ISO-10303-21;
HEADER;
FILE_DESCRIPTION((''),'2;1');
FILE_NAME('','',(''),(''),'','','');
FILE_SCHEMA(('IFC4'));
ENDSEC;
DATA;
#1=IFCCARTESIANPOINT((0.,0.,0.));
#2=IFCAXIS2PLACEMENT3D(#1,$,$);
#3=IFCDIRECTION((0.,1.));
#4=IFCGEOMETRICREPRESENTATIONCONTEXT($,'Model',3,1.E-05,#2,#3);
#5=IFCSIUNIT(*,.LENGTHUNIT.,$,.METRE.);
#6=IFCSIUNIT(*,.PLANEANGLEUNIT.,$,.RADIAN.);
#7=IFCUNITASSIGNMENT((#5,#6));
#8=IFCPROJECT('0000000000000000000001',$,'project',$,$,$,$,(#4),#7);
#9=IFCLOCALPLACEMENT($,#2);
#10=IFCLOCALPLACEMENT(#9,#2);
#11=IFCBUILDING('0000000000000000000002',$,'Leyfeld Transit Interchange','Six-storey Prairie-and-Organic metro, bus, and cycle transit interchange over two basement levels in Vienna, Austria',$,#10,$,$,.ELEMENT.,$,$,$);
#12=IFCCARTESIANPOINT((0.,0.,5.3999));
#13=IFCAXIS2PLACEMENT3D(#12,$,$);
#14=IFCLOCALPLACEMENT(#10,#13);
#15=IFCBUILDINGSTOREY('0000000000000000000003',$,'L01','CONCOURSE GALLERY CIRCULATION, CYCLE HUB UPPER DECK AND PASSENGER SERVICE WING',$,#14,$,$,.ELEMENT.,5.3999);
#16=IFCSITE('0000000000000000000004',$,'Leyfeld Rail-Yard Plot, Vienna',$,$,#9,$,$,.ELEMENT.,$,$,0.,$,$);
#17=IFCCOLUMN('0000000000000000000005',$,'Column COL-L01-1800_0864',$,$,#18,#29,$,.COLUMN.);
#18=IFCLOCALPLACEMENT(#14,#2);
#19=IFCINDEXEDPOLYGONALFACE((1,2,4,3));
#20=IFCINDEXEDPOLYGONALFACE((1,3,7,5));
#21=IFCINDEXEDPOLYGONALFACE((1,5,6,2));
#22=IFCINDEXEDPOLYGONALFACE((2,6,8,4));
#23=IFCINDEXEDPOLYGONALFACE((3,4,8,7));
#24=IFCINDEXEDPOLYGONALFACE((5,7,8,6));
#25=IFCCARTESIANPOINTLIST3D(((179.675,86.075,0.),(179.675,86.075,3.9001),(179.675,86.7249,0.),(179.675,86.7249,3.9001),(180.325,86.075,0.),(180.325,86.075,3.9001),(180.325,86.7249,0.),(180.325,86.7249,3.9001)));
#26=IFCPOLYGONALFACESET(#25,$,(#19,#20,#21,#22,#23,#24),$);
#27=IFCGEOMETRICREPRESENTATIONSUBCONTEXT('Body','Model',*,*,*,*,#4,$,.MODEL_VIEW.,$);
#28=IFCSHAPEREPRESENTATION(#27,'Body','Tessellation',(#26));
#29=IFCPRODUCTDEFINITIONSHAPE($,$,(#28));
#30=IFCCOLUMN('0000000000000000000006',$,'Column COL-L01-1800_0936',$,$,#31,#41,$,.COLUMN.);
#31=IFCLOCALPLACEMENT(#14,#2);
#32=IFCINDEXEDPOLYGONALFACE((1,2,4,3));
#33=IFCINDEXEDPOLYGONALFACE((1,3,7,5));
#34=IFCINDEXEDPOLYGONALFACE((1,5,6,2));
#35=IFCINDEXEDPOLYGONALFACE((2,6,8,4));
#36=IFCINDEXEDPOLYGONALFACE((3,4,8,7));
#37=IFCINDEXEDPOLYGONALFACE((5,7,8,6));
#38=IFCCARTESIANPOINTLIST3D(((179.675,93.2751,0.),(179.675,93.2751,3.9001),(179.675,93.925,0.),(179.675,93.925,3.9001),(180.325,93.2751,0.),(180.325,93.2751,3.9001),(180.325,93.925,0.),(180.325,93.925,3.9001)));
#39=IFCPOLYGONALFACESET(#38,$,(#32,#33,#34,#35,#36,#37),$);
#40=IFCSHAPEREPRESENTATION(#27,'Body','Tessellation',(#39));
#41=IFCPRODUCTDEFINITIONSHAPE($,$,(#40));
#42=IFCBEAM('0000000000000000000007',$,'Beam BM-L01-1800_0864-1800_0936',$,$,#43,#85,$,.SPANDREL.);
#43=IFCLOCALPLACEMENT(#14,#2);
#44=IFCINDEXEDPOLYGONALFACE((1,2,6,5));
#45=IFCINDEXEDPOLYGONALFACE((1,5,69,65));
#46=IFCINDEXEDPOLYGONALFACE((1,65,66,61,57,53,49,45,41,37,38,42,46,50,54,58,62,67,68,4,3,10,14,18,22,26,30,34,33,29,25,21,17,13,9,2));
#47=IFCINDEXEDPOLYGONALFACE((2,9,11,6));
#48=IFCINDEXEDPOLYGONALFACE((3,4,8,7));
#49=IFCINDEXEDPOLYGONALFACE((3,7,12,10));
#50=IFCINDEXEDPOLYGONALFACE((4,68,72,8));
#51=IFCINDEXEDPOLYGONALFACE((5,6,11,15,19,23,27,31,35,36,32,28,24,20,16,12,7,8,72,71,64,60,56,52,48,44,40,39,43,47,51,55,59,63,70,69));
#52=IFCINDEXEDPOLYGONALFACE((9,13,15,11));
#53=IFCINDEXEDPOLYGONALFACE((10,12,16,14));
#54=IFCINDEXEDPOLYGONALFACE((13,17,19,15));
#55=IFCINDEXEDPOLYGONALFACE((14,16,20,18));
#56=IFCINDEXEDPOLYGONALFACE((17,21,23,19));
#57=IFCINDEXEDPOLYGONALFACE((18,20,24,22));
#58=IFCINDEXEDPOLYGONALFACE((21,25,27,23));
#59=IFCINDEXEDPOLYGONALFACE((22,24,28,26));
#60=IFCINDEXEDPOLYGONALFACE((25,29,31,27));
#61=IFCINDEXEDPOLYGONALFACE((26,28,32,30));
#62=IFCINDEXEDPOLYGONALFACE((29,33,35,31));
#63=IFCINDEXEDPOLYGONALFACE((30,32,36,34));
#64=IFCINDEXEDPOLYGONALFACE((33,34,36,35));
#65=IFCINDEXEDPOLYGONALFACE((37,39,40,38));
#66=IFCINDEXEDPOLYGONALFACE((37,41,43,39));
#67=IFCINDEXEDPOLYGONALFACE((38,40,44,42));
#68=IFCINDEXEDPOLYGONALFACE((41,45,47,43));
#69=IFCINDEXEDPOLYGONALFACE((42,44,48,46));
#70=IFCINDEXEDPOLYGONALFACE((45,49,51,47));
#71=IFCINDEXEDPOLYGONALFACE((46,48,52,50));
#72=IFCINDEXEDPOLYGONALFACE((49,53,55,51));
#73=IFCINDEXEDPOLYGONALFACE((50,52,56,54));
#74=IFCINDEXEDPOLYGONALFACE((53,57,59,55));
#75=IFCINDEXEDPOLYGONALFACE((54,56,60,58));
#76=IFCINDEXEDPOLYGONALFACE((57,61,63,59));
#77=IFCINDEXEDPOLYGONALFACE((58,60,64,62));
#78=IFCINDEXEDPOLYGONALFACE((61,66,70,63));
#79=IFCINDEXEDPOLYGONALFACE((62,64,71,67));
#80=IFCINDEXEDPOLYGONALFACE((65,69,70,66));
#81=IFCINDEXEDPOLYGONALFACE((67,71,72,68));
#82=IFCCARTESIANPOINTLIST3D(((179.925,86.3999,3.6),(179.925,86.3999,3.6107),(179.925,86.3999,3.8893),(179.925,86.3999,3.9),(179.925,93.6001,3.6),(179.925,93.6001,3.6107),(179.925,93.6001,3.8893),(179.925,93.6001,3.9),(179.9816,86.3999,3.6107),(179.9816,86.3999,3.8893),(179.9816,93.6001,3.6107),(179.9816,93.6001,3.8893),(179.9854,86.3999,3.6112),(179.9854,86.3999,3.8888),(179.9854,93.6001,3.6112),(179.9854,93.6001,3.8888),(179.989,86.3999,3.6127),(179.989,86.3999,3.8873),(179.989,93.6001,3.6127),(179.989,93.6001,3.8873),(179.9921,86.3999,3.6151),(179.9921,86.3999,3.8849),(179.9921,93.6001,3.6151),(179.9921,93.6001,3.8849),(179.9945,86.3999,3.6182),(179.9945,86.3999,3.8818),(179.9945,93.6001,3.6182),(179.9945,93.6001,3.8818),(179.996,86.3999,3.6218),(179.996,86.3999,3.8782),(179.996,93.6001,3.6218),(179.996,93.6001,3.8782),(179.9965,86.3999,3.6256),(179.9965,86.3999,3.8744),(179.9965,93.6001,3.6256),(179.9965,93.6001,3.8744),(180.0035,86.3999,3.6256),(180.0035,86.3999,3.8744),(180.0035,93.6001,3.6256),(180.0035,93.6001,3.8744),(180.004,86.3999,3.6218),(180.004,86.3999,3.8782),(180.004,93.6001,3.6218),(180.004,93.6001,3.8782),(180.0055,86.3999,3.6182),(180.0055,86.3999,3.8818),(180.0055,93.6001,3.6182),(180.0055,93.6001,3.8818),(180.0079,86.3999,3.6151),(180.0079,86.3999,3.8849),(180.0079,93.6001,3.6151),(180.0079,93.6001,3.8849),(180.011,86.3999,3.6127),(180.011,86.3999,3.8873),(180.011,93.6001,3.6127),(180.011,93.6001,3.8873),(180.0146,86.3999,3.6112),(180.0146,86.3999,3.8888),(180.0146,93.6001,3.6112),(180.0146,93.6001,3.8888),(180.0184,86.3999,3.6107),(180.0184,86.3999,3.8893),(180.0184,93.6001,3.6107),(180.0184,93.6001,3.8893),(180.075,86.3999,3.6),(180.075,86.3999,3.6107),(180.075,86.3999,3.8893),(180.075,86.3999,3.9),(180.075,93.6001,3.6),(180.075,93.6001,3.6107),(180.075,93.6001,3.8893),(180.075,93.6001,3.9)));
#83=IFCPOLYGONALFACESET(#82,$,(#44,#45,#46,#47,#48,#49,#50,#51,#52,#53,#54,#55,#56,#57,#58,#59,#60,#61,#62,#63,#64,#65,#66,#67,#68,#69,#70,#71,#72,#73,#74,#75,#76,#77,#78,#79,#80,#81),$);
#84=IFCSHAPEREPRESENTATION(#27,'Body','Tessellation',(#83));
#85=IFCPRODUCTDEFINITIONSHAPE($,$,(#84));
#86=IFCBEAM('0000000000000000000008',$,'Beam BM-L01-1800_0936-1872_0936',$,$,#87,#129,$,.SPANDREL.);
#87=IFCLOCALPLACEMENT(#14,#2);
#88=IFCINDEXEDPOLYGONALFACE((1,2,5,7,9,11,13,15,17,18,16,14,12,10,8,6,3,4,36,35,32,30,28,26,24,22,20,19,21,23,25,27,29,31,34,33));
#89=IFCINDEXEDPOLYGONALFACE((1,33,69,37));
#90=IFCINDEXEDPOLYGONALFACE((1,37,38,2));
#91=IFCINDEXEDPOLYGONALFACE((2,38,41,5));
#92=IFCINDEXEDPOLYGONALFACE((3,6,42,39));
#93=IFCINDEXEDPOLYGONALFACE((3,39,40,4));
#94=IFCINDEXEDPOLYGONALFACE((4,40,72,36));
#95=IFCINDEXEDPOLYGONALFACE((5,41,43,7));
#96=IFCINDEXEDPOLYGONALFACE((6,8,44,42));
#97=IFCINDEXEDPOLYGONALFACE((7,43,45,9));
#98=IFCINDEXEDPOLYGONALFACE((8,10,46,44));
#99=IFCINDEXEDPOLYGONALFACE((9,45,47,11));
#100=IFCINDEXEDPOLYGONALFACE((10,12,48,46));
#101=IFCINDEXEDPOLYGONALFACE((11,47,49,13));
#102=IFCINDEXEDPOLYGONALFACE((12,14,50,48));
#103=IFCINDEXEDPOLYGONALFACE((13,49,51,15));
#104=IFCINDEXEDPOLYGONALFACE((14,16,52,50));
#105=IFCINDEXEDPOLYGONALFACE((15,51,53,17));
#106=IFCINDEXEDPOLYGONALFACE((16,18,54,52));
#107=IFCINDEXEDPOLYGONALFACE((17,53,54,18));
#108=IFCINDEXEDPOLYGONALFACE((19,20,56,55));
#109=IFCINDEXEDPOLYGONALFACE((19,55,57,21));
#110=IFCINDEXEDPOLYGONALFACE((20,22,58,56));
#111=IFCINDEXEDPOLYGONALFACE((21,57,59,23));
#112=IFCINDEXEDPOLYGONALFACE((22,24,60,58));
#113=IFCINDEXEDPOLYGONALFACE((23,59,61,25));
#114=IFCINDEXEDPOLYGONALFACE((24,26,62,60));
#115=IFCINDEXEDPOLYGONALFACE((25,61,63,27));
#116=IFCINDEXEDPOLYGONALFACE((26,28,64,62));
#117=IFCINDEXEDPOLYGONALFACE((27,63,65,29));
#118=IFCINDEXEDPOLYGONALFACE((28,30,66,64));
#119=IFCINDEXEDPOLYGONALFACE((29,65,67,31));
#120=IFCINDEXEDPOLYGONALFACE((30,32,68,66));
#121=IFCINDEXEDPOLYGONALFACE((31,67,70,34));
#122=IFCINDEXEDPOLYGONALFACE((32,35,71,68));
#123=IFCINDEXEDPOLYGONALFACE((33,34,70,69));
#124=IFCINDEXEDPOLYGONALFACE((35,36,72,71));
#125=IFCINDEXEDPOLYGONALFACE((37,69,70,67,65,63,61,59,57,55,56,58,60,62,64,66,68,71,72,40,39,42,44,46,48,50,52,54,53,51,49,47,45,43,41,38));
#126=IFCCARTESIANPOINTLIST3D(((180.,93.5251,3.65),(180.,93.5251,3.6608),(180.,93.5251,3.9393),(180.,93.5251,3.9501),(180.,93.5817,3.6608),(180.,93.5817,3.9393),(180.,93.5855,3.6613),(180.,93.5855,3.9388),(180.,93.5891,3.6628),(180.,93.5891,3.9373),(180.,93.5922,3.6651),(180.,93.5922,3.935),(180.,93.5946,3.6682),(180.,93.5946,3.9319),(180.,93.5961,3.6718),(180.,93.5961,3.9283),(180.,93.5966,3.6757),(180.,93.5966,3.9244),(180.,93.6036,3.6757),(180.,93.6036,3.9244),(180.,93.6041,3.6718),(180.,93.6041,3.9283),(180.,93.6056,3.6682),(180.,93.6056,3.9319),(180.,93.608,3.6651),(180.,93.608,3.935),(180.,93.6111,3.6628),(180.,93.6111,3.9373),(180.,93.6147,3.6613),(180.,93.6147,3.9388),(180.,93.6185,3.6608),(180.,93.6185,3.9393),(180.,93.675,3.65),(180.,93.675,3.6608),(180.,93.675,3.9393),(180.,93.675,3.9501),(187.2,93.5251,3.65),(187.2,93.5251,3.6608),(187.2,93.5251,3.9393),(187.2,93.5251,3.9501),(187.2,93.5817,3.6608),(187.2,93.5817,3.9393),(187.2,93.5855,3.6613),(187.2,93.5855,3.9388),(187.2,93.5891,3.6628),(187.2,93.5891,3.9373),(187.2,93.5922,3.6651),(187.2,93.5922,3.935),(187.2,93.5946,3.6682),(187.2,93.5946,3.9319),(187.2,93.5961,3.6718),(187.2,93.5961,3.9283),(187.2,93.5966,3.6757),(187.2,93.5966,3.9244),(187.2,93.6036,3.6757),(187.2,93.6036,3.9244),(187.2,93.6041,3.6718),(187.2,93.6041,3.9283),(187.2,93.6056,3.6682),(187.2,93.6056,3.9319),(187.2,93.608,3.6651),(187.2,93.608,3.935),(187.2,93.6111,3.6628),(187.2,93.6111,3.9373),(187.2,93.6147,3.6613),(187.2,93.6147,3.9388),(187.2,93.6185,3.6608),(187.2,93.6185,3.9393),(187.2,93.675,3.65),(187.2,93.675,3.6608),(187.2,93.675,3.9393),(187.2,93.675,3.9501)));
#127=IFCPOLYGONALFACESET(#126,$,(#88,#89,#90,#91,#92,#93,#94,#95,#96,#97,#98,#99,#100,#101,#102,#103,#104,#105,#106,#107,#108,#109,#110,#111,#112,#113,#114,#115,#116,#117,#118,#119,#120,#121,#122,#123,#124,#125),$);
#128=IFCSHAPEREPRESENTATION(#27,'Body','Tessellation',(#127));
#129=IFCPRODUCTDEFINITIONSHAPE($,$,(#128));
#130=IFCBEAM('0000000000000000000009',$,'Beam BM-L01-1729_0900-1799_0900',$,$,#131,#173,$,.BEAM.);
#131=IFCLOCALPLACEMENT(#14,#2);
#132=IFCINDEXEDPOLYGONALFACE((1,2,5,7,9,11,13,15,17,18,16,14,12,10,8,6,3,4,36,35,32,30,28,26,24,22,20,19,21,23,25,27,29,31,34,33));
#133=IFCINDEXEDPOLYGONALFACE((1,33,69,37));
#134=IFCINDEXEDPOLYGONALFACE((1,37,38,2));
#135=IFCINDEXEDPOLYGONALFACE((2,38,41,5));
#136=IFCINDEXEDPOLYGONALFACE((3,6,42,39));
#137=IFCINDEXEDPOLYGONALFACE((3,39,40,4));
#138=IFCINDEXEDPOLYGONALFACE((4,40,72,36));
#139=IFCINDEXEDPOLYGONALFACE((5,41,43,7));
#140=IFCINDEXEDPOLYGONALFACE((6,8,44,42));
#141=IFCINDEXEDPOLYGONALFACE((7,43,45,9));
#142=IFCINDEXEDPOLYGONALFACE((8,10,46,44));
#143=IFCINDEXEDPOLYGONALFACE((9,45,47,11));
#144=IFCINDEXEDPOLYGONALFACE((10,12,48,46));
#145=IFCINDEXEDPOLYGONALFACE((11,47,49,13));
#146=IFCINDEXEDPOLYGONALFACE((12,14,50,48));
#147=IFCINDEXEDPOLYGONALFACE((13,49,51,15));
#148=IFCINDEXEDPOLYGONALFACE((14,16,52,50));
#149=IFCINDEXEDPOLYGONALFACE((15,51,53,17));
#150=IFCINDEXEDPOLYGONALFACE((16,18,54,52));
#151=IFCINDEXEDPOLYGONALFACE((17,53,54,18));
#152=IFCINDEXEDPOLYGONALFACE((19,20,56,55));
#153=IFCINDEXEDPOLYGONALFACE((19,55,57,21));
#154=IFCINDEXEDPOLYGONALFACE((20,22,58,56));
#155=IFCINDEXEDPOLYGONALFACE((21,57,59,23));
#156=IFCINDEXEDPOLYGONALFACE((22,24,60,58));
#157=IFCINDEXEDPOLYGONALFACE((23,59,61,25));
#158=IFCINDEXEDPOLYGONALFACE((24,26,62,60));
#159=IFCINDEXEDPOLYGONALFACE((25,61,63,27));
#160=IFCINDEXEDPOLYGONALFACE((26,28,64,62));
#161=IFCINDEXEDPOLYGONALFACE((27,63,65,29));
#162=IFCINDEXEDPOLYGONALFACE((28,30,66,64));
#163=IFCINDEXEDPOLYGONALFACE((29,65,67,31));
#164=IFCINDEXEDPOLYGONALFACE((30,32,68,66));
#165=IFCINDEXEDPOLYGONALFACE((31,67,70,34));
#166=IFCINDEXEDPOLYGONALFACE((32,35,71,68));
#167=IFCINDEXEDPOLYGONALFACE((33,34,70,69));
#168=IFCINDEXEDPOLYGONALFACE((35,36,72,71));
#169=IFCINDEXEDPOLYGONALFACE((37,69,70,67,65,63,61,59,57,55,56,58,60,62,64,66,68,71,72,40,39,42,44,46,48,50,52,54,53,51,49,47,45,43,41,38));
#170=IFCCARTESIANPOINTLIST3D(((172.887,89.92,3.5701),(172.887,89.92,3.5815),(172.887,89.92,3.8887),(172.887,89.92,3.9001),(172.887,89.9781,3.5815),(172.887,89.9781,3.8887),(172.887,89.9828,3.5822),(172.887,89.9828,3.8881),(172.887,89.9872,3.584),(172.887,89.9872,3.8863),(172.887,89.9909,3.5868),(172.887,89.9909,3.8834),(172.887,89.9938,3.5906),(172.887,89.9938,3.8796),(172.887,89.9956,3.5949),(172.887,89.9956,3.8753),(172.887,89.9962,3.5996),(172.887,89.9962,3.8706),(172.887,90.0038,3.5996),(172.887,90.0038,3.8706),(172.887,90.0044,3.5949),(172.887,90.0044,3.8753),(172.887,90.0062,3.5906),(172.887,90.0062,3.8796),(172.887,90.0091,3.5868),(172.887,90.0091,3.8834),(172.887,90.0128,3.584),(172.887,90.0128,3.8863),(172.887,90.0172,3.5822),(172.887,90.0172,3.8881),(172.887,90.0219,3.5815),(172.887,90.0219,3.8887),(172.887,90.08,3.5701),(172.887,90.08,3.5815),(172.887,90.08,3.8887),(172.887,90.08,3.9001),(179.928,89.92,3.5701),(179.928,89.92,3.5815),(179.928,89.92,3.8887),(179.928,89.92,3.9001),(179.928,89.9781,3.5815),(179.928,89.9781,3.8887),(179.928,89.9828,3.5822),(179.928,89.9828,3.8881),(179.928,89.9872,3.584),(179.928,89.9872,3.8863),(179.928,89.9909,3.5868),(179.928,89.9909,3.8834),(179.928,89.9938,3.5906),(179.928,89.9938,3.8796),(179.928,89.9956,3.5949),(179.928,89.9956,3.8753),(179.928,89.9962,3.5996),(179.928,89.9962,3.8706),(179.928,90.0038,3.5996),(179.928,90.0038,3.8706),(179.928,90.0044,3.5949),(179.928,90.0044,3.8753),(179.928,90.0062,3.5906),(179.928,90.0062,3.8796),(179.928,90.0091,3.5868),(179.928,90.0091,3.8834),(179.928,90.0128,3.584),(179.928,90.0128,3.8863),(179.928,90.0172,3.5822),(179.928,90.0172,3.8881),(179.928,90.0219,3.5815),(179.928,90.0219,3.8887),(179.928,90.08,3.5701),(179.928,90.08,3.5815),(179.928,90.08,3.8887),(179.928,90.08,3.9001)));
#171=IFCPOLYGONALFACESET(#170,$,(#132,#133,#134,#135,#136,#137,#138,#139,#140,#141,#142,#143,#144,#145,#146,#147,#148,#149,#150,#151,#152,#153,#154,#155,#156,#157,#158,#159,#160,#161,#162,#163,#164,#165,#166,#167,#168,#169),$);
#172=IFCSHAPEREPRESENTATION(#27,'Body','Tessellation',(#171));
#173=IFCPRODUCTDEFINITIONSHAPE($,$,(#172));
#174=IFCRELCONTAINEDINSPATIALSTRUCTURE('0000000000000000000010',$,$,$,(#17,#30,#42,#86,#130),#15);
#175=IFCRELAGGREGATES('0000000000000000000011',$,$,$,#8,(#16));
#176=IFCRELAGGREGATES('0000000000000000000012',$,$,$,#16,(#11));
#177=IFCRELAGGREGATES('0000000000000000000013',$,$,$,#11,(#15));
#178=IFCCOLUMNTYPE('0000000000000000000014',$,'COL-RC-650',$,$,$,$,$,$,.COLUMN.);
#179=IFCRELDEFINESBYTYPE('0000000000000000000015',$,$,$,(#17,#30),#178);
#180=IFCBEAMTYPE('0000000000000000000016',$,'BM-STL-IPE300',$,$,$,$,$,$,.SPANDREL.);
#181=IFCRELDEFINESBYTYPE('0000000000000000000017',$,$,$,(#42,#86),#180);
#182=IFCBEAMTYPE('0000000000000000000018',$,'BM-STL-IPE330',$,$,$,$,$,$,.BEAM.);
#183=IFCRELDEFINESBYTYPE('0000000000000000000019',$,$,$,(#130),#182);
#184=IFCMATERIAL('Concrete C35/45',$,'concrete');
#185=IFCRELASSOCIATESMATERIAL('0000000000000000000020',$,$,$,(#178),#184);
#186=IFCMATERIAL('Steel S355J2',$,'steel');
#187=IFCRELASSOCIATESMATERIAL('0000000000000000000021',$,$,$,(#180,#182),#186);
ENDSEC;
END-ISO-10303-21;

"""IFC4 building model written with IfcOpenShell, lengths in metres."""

from ifc_helpers import new_model, si_unit, direction, frame, origin, origin_2d, place, context, subcontext, project, spatial, rectangle, i_section, extrude, material, material_profile, profile_set, type_object, element, save


model = new_model("IFC4")

# Units and contexts
model_context = context("Model", 3, precision=1e-05, world=origin(), true_north=direction((0.0, 1.0)))
body_context = subcontext(model_context, "Body", "Model", "MODEL_VIEW")
ifc_project = project(units=[si_unit("LENGTHUNIT", "METRE"), si_unit("PLANEANGLEUNIT", "RADIAN")], contexts=[model_context])

# Site, building, storey
site_placement = place(None, origin())
site = spatial("IfcSite", under=ifc_project, at=site_placement, Name="Leyfeld Rail-Yard Plot, Vienna", CompositionType="ELEMENT", RefElevation=0.0)
building_placement = place(site_placement, origin())
building = spatial("IfcBuilding", under=site, at=building_placement, Name="Leyfeld Transit Interchange", Description="Six-storey Prairie-and-Organic metro, bus, and cycle transit interchange over two basement levels in Vienna, Austria", CompositionType="ELEMENT")
storey_placement = place(building_placement, frame((0.0, 0.0, 5.3999)))
storey = spatial("IfcBuildingStorey", under=building, at=storey_placement, Name="L01", Description="CONCOURSE GALLERY CIRCULATION, CYCLE HUB UPPER DECK AND PASSENGER SERVICE WING", CompositionType="ELEMENT", Elevation=5.3999)

# Columns
ifc_material_1 = material(Name="Concrete C35/45", Category="concrete")
ifc_material_profile_1 = material_profile(ifc_material_1, rectangle(XDim=0.6499, YDim=0.6499, at=origin_2d()), Name="RC 650x650")
ifc_profile_set_1 = profile_set([ifc_material_profile_1], Name="Concrete C35/45")
column_type = type_object("IfcColumnType", Name="COL-RC-650", PredefinedType="COLUMN", material=ifc_profile_set_1)
for number, where, z_axis, x_axis, name in (
    (1, (180.0, 86.3999, 0.0), (0.0, 0.0, 1.0), (1.0, 0.0, 0.0), "Column COL-L01-1800_0864"),
    (2, (180.0, 93.6001, 0.0), (0.0, 0.0, 1.0), (1.0, 0.0, 0.0), "Column COL-L01-1800_0936"),
):
    element("IfcColumn", number, at=place(storey_placement, frame(where, z_axis=z_axis, x_axis=x_axis)), inside=storey, type_object=column_type, Name=name, PredefinedType="COLUMN", context=body_context, shape_type="SweptSolid", body=[
        extrude(rectangle(XDim=0.6499, YDim=0.6499, at=origin_2d()), origin(), (0.0, 0.0, 1.0), 3.9001),
    ])

# Beams
ifc_material_2 = material(Name="Steel S355J2", Category="steel")
ifc_material_profile_2 = material_profile(ifc_material_2, i_section(OverallWidth=0.1499, OverallDepth=0.3, WebThickness=0.0071, FlangeThickness=0.0107, FilletRadius=0.0149, at=origin_2d()), Name="IPE 300")
ifc_profile_set_2 = profile_set([ifc_material_profile_2], Name="Steel S355J2")
beam_type_1 = type_object("IfcBeamType", Name="BM-STL-IPE300", PredefinedType="SPANDREL", material=ifc_profile_set_2)
beam_1_placement = place(storey_placement, frame((180.0, 86.3999, 3.75), z_axis=(0.0, 1.0, 0.0), x_axis=(-1.0, 0.0, 0.0)))
element("IfcBeam", 3, at=beam_1_placement, inside=storey, type_object=beam_type_1, Name="Beam BM-L01-1800_0864-1800_0936", PredefinedType="SPANDREL", context=body_context, shape_type="SweptSolid", body=[
    extrude(i_section(OverallWidth=0.1499, OverallDepth=0.3, WebThickness=0.0071, FlangeThickness=0.0107, FilletRadius=0.0149, at=origin_2d()), origin(), (0.0, 0.0, 1.0), 7.2002),
])
beam_2_placement = place(storey_placement, frame((180.0, 93.6001, 3.8), z_axis=(1.0, 0.0, 0.0), x_axis=(0.0, 1.0, 0.0)))
element("IfcBeam", 4, at=beam_2_placement, inside=storey, type_object=beam_type_1, Name="Beam BM-L01-1800_0936-1872_0936", PredefinedType="SPANDREL", context=body_context, shape_type="SweptSolid", body=[
    extrude(i_section(OverallWidth=0.1499, OverallDepth=0.3, WebThickness=0.0071, FlangeThickness=0.0107, FilletRadius=0.0149, at=origin_2d()), origin(), (0.0, 0.0, 1.0), 7.2),
])
ifc_material_profile_3 = material_profile(ifc_material_2, i_section(OverallWidth=0.1599, OverallDepth=0.3301, WebThickness=0.0076, FlangeThickness=0.0115, FilletRadius=0.0181, at=origin_2d()), Name="IPE 330")
ifc_profile_set_3 = profile_set([ifc_material_profile_3], Name="Steel S355J2")
beam_type_2 = type_object("IfcBeamType", Name="BM-STL-IPE330", PredefinedType="BEAM", material=ifc_profile_set_3)
beam_3_placement = place(storey_placement, frame((172.887, 90.0, 3.7351), z_axis=(1.0, 0.0, 0.0), x_axis=(0.0, 1.0, 0.0)))
element("IfcBeam", 5, at=beam_3_placement, inside=storey, type_object=beam_type_2, Name="Beam BM-L01-1729_0900-1799_0900", PredefinedType="BEAM", context=body_context, shape_type="SweptSolid", body=[
    extrude(i_section(OverallWidth=0.1599, OverallDepth=0.3301, WebThickness=0.0076, FlangeThickness=0.0115, FilletRadius=0.0181, at=origin_2d()), origin(), (0.0, 0.0, 1.0), 7.041),
])

save(model, "model.ifc")
